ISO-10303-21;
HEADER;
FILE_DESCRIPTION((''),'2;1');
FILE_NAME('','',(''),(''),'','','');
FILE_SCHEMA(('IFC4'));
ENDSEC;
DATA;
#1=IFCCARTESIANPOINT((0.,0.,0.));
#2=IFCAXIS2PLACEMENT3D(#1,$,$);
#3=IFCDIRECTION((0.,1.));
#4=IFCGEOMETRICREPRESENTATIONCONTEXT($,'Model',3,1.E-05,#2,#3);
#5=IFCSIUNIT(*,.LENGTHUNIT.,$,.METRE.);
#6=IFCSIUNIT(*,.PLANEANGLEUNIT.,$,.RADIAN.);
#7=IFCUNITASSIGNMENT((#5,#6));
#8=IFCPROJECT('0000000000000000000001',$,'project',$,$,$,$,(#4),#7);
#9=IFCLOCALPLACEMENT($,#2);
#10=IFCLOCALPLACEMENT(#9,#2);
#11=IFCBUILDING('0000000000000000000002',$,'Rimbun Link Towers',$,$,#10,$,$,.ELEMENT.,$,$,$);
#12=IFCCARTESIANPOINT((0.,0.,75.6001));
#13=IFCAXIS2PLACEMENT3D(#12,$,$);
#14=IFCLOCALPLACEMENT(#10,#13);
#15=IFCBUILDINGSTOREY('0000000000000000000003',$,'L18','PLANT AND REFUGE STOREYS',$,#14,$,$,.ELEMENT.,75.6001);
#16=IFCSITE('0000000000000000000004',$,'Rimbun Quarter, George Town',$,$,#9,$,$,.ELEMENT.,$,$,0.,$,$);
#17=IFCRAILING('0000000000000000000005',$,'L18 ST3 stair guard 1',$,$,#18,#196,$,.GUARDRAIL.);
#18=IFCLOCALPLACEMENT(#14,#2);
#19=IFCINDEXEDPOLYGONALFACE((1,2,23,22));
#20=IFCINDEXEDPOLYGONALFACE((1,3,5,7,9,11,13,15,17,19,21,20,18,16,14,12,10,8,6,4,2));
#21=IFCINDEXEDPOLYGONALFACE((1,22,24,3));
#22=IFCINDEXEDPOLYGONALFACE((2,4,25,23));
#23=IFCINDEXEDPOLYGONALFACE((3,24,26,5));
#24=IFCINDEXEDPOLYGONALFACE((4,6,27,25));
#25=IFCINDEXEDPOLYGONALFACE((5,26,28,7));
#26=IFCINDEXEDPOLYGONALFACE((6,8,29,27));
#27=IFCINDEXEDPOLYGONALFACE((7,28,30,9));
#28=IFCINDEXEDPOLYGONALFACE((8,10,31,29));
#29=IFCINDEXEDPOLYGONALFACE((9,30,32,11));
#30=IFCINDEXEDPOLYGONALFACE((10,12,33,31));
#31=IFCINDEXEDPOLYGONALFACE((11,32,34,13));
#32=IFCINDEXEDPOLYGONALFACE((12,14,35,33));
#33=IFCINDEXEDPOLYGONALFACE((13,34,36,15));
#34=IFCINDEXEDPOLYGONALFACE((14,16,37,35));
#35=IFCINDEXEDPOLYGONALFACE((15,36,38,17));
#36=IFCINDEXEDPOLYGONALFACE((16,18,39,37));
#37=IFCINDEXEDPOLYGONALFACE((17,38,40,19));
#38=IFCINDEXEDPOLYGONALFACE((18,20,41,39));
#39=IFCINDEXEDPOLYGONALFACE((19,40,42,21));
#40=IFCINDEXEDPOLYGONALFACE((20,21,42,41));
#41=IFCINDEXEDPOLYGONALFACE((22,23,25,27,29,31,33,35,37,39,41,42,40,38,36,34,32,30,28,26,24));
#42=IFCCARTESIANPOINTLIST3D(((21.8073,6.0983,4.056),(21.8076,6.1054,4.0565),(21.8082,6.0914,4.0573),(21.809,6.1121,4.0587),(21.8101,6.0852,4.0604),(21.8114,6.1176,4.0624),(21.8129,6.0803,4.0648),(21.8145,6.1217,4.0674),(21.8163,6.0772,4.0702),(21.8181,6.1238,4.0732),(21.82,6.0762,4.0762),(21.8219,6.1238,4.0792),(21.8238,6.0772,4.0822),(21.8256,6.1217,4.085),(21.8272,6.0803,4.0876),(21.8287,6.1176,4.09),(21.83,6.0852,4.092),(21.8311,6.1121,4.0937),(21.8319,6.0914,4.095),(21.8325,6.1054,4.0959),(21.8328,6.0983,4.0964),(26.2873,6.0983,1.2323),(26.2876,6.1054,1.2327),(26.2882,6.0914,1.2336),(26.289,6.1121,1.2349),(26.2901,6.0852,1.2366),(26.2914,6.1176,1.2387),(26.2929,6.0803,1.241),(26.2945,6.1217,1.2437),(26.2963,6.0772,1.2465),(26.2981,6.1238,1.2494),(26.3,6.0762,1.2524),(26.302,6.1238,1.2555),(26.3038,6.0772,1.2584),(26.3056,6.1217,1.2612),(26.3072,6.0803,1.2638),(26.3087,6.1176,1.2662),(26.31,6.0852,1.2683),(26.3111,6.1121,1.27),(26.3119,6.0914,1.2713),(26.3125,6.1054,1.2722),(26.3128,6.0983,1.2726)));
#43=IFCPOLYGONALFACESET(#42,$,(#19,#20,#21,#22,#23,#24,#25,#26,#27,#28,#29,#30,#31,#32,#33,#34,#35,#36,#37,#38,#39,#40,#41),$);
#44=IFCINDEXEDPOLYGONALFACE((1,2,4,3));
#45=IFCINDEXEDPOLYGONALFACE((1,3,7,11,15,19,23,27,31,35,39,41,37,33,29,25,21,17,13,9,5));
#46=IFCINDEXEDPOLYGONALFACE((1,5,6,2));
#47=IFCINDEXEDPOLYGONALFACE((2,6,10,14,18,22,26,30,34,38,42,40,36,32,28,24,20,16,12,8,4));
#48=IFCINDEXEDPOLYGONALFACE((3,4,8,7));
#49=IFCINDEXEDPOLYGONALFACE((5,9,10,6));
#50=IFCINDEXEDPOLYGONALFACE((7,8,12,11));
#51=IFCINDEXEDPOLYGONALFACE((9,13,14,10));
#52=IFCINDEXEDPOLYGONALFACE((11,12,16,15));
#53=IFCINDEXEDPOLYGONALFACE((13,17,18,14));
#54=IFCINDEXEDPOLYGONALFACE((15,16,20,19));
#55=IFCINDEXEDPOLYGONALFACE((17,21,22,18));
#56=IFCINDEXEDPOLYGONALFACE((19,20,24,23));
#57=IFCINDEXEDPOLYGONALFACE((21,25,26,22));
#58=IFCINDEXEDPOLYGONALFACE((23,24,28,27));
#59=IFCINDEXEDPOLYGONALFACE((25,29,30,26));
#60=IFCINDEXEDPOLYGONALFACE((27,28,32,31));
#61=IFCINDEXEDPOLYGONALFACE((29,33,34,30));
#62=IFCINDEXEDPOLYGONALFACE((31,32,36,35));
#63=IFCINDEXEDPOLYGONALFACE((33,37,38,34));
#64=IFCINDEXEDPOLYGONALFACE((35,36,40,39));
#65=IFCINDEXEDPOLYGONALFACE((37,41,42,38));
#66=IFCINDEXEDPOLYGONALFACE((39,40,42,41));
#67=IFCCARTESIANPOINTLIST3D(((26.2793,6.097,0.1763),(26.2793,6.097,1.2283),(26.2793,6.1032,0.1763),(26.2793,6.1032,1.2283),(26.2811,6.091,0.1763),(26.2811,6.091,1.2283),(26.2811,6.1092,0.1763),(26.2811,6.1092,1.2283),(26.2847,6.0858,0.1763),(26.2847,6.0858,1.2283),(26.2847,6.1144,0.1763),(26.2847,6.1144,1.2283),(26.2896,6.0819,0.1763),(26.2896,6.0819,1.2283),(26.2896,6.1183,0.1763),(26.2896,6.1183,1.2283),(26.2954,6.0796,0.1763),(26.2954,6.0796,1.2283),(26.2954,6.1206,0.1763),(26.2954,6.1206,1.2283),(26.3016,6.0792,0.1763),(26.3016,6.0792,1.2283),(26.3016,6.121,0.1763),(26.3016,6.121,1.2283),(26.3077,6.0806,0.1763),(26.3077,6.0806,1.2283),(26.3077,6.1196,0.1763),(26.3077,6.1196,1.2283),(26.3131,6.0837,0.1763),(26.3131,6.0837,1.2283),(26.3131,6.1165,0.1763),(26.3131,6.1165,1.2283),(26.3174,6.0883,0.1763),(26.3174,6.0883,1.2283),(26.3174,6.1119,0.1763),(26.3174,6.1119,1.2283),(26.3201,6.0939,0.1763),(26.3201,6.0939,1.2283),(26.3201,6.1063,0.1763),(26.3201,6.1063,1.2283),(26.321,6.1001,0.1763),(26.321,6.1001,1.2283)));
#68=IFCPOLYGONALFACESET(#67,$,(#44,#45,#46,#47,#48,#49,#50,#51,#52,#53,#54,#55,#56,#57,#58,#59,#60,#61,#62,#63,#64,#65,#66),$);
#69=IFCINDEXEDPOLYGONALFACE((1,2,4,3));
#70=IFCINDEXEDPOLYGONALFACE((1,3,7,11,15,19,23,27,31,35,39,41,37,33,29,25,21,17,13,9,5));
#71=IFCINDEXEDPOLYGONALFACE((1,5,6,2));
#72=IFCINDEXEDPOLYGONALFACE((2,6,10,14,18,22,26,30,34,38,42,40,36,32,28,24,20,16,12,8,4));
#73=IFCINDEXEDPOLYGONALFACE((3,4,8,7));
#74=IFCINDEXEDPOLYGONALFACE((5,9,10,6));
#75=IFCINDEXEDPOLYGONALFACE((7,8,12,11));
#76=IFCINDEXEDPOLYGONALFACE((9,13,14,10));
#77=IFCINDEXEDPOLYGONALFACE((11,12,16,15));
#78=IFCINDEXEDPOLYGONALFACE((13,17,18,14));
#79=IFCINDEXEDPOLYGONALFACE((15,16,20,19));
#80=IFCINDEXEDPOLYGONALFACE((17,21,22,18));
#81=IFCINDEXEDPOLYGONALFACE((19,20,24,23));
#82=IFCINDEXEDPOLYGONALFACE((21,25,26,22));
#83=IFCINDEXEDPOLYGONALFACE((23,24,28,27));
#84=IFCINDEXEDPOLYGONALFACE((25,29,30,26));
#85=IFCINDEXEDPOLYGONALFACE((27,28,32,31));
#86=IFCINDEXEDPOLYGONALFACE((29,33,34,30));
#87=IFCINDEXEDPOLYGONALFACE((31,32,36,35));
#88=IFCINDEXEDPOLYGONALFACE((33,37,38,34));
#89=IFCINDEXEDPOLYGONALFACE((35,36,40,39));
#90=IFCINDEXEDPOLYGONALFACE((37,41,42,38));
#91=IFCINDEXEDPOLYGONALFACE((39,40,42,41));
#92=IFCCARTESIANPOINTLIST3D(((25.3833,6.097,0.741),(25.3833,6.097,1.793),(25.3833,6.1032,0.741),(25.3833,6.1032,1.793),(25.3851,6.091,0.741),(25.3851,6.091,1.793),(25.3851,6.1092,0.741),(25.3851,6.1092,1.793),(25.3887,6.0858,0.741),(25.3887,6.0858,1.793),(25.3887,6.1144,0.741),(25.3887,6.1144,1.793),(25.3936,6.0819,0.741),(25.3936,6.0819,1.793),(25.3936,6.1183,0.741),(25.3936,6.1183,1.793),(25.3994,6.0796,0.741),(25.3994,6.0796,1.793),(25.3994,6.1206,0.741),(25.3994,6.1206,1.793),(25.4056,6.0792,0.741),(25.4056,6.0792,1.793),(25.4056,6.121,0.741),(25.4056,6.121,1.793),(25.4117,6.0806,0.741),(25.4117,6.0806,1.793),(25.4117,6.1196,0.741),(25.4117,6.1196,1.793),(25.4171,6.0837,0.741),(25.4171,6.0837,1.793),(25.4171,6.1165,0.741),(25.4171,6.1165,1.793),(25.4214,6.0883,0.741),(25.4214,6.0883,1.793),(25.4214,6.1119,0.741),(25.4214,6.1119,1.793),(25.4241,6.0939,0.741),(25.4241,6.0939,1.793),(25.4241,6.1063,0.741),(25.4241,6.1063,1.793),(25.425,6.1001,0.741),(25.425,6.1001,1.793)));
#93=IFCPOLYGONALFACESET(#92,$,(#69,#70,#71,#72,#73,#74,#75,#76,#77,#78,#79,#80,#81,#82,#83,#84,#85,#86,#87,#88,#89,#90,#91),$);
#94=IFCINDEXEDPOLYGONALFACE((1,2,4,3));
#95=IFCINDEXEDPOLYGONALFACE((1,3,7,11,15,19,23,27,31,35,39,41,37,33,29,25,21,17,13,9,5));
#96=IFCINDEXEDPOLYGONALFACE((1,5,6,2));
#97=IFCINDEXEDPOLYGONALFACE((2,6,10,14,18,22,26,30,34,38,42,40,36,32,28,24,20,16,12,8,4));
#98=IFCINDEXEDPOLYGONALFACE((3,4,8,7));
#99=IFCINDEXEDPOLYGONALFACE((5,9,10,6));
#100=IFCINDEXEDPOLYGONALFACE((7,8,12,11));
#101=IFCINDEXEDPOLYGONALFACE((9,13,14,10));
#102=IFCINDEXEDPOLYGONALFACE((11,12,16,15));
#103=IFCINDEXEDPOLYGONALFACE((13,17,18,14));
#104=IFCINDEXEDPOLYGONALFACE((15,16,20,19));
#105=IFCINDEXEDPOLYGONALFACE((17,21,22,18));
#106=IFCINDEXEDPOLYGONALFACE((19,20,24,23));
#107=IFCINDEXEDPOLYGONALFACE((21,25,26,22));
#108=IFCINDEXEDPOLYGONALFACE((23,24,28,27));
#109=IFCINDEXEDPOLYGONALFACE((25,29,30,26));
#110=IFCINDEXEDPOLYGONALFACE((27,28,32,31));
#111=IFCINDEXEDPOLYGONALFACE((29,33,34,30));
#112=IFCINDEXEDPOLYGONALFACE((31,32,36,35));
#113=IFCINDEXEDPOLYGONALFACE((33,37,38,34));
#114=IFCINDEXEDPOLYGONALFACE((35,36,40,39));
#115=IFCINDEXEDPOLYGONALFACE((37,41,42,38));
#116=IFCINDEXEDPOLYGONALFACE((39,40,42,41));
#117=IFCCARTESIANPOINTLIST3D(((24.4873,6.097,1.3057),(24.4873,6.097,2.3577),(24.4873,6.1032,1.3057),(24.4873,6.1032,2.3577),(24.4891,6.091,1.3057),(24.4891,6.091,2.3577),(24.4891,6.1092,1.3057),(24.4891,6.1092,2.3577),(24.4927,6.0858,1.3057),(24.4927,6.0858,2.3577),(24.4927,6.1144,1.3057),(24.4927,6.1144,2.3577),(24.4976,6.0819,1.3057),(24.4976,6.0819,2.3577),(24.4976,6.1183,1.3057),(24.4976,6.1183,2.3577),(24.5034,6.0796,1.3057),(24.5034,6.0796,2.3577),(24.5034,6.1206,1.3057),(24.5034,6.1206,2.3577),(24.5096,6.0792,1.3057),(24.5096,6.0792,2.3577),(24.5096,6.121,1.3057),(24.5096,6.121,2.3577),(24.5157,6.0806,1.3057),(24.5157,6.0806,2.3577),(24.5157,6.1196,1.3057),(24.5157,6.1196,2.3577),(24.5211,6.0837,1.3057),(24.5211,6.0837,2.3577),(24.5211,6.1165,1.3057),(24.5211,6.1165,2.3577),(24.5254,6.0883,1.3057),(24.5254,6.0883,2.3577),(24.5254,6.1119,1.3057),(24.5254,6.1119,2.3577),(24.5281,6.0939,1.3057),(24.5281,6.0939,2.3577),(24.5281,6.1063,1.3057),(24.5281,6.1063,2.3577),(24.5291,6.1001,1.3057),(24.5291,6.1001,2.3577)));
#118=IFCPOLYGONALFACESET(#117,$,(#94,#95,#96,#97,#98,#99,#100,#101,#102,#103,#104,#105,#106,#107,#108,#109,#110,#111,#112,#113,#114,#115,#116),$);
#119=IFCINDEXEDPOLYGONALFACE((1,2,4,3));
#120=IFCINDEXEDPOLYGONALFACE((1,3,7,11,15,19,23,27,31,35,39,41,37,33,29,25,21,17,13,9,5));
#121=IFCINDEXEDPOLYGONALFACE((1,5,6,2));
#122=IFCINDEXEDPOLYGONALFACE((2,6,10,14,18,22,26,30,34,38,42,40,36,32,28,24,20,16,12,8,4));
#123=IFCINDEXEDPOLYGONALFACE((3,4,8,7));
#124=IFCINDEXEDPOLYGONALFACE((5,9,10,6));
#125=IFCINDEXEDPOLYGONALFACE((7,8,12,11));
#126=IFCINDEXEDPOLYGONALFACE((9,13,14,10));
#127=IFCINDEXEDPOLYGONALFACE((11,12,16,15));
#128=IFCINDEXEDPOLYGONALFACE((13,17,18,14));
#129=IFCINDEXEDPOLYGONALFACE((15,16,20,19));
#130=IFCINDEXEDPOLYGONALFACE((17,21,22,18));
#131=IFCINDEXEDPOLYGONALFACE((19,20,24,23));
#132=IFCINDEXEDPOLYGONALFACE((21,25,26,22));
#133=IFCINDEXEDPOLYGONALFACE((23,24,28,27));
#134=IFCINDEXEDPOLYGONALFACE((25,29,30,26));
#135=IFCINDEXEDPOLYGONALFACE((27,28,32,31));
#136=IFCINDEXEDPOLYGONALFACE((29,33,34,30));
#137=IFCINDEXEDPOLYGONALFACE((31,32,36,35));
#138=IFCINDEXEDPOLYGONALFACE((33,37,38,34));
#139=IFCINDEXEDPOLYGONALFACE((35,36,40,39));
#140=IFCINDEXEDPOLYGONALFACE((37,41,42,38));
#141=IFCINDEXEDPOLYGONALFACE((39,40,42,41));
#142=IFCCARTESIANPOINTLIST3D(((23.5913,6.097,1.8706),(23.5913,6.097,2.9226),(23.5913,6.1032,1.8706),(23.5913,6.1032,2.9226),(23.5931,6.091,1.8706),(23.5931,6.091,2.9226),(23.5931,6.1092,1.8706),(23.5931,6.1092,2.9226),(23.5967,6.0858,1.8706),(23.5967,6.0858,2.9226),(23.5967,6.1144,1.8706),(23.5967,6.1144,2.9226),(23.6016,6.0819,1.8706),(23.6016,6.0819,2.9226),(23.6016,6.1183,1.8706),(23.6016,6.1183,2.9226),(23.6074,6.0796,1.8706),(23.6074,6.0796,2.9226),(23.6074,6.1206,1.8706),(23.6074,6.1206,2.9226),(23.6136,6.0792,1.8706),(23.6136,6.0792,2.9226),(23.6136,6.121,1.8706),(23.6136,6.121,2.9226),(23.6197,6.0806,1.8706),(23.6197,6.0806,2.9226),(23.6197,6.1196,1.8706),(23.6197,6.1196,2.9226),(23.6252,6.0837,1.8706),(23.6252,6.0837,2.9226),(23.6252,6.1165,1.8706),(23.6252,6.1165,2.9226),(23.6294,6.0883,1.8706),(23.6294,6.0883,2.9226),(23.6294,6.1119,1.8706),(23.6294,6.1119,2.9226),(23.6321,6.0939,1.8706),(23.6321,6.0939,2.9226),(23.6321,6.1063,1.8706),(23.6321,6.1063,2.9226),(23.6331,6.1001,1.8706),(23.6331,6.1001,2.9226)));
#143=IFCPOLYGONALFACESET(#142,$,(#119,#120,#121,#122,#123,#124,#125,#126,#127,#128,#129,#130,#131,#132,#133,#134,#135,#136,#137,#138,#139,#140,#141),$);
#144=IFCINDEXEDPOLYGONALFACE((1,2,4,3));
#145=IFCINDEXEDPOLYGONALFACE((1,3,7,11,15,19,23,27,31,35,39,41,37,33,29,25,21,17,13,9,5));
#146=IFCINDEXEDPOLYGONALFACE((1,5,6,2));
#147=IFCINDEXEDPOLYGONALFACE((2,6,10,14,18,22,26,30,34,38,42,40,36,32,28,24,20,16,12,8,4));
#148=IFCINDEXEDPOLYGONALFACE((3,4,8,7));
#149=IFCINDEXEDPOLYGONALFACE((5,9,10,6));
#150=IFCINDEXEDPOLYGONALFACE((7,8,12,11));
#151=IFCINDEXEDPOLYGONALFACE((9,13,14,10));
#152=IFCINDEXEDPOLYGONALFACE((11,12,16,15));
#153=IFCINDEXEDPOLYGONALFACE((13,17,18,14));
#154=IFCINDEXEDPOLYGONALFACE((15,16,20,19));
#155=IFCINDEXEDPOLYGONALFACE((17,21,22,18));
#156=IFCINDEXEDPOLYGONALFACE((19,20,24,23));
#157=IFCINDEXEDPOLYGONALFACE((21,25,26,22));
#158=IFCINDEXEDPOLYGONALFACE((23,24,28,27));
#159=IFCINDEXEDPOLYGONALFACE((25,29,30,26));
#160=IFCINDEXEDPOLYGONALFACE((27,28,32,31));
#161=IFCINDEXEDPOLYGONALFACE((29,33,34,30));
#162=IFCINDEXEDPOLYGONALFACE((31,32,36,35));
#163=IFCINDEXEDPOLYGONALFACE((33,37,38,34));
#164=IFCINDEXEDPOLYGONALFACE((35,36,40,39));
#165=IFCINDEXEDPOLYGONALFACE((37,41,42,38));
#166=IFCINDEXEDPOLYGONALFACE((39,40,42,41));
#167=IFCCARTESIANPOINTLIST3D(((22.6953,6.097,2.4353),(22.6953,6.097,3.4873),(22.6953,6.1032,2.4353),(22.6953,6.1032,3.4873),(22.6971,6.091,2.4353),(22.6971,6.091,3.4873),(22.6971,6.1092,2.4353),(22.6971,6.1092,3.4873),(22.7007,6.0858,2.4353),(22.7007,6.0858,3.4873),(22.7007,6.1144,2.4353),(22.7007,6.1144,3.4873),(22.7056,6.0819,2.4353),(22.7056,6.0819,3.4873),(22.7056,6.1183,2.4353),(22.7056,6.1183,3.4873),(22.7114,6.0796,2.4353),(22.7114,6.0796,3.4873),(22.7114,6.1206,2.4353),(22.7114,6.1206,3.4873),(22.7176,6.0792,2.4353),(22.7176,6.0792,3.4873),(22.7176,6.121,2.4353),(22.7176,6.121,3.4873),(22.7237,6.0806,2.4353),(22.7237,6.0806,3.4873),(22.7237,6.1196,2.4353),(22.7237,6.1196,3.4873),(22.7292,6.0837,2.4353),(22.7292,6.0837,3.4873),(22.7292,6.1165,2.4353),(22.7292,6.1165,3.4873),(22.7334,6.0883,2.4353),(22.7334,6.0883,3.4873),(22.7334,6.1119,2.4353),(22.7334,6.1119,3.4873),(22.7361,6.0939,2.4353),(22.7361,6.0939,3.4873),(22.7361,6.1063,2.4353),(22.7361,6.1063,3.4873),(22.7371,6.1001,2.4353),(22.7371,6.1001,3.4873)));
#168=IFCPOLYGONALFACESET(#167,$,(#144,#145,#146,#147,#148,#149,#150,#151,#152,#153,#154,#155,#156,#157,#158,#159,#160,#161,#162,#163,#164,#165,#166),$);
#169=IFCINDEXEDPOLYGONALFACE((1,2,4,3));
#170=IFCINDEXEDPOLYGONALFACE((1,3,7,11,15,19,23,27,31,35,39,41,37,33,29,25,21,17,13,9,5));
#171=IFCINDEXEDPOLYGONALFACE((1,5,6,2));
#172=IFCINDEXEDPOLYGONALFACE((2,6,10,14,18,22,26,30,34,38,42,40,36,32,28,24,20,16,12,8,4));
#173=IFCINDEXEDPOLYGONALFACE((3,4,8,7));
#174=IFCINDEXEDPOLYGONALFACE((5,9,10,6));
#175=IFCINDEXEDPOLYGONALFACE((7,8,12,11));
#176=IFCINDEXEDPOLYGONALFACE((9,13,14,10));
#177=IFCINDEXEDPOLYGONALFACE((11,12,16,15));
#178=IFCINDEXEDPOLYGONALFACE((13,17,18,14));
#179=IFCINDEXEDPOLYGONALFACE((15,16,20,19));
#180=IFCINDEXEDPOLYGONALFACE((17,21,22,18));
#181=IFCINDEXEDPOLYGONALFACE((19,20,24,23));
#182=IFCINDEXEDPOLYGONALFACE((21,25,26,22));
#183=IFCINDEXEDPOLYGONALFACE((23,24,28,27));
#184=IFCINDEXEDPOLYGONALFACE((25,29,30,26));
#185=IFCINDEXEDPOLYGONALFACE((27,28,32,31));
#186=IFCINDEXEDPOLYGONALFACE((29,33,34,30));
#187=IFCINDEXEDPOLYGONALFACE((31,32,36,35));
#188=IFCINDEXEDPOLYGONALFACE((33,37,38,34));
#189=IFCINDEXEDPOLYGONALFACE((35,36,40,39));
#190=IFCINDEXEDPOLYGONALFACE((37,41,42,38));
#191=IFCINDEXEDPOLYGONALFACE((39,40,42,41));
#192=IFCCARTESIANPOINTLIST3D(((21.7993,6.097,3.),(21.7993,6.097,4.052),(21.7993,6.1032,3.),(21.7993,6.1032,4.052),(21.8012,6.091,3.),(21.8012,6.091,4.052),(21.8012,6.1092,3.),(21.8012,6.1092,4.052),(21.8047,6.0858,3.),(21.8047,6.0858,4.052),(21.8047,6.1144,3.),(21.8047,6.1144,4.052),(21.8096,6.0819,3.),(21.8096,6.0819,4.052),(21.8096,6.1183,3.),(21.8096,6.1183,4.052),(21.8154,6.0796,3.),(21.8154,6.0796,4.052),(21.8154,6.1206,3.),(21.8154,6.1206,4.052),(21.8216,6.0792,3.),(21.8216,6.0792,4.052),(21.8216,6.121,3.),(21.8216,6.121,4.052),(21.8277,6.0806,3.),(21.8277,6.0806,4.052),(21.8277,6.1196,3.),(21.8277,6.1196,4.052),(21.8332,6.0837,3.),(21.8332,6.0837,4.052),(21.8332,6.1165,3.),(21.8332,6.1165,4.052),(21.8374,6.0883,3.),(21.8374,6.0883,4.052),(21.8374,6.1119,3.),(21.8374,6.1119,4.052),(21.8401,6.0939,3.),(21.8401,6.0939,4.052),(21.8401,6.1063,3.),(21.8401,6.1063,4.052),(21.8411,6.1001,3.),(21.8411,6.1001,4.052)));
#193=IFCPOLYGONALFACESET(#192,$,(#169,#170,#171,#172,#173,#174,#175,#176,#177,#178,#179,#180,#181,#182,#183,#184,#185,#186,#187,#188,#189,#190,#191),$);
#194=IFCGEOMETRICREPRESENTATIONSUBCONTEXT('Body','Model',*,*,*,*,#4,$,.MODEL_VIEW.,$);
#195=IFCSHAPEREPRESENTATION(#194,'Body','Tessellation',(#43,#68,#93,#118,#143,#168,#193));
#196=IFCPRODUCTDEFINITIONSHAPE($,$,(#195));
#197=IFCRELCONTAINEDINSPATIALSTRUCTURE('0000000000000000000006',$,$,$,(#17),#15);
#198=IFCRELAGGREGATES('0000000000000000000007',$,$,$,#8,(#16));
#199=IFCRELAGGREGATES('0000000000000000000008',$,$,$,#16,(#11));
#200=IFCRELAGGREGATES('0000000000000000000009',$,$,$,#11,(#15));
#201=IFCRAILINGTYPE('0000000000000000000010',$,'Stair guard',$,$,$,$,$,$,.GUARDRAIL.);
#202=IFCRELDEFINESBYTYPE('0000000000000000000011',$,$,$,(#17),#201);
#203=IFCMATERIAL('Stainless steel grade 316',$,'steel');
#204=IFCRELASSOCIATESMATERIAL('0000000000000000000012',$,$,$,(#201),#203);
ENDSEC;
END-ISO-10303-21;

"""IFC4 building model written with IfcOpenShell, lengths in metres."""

from ifc_helpers import new_model, si_unit, direction, frame, origin, origin_2d, place, context, subcontext, project, spatial, circle, extrude, material, type_object, element, save


model = new_model("IFC4")

# Units and contexts
model_context = context("Model", 3, precision=1e-05, world=origin(), true_north=direction((0.0, 1.0)))
body_context = subcontext(model_context, "Body", "Model", "MODEL_VIEW")
ifc_project = project(units=[si_unit("LENGTHUNIT", "METRE"), si_unit("PLANEANGLEUNIT", "RADIAN")], contexts=[model_context])

# Site, building, storey
site_placement = place(None, origin())
site = spatial("IfcSite", under=ifc_project, at=site_placement, Name="Rimbun Quarter, George Town", CompositionType="ELEMENT", RefElevation=0.0)
building_placement = place(site_placement, origin())
building = spatial("IfcBuilding", under=site, at=building_placement, Name="Rimbun Link Towers", CompositionType="ELEMENT")
storey_placement = place(building_placement, frame((0.0, 0.0, 75.6001)))
storey = spatial("IfcBuildingStorey", under=building, at=storey_placement, Name="L18", Description="PLANT AND REFUGE STOREYS", CompositionType="ELEMENT", Elevation=75.6001)

# Railing
ifc_material_1 = material(Name="Stainless steel grade 316", Category="steel")
railing_type_1 = type_object("IfcRailingType", Name="Stair guard", PredefinedType="GUARDRAIL", material=ifc_material_1)
railing_1_placement = place(storey_placement, frame((26.3, 6.1001, 0.1763)))
element("IfcRailing", 1, at=railing_1_placement, inside=storey, type_object=railing_type_1, Name="L18 ST3 stair guard 1", PredefinedType="GUARDRAIL", context=body_context, shape_type="SweptSolid", body=[
    extrude(circle(Radius=0.0239, at=origin_2d()), frame((0.0, 0.0, 1.0762), z_axis=(-0.845977, 0.0, 0.533219), x_axis=(0.0, -1.0, 0.0)), (0.0, 0.0, 1.0), 5.2957),
    extrude(circle(Radius=0.021, at=origin_2d()), origin(), (0.0, 0.0, 1.0), 1.052),
    extrude(circle(Radius=0.021, at=origin_2d()), frame((-0.896, 0.0, 0.5647)), (0.0, 0.0, 1.0), 1.052),
    extrude(circle(Radius=0.021, at=origin_2d()), frame((-1.792, 0.0, 1.1294)), (0.0, 0.0, 1.0), 1.052),
    extrude(circle(Radius=0.021, at=origin_2d()), frame((-2.688, 0.0, 1.6943)), (0.0, 0.0, 1.0), 1.052),
    extrude(circle(Radius=0.021, at=origin_2d()), frame((-3.584, 0.0, 2.259)), (0.0, 0.0, 1.0), 1.052),
    extrude(circle(Radius=0.021, at=origin_2d()), frame((-4.48, 0.0, 2.8237)), (0.0, 0.0, 1.0), 1.052),
])

save(model, "model.ifc")
